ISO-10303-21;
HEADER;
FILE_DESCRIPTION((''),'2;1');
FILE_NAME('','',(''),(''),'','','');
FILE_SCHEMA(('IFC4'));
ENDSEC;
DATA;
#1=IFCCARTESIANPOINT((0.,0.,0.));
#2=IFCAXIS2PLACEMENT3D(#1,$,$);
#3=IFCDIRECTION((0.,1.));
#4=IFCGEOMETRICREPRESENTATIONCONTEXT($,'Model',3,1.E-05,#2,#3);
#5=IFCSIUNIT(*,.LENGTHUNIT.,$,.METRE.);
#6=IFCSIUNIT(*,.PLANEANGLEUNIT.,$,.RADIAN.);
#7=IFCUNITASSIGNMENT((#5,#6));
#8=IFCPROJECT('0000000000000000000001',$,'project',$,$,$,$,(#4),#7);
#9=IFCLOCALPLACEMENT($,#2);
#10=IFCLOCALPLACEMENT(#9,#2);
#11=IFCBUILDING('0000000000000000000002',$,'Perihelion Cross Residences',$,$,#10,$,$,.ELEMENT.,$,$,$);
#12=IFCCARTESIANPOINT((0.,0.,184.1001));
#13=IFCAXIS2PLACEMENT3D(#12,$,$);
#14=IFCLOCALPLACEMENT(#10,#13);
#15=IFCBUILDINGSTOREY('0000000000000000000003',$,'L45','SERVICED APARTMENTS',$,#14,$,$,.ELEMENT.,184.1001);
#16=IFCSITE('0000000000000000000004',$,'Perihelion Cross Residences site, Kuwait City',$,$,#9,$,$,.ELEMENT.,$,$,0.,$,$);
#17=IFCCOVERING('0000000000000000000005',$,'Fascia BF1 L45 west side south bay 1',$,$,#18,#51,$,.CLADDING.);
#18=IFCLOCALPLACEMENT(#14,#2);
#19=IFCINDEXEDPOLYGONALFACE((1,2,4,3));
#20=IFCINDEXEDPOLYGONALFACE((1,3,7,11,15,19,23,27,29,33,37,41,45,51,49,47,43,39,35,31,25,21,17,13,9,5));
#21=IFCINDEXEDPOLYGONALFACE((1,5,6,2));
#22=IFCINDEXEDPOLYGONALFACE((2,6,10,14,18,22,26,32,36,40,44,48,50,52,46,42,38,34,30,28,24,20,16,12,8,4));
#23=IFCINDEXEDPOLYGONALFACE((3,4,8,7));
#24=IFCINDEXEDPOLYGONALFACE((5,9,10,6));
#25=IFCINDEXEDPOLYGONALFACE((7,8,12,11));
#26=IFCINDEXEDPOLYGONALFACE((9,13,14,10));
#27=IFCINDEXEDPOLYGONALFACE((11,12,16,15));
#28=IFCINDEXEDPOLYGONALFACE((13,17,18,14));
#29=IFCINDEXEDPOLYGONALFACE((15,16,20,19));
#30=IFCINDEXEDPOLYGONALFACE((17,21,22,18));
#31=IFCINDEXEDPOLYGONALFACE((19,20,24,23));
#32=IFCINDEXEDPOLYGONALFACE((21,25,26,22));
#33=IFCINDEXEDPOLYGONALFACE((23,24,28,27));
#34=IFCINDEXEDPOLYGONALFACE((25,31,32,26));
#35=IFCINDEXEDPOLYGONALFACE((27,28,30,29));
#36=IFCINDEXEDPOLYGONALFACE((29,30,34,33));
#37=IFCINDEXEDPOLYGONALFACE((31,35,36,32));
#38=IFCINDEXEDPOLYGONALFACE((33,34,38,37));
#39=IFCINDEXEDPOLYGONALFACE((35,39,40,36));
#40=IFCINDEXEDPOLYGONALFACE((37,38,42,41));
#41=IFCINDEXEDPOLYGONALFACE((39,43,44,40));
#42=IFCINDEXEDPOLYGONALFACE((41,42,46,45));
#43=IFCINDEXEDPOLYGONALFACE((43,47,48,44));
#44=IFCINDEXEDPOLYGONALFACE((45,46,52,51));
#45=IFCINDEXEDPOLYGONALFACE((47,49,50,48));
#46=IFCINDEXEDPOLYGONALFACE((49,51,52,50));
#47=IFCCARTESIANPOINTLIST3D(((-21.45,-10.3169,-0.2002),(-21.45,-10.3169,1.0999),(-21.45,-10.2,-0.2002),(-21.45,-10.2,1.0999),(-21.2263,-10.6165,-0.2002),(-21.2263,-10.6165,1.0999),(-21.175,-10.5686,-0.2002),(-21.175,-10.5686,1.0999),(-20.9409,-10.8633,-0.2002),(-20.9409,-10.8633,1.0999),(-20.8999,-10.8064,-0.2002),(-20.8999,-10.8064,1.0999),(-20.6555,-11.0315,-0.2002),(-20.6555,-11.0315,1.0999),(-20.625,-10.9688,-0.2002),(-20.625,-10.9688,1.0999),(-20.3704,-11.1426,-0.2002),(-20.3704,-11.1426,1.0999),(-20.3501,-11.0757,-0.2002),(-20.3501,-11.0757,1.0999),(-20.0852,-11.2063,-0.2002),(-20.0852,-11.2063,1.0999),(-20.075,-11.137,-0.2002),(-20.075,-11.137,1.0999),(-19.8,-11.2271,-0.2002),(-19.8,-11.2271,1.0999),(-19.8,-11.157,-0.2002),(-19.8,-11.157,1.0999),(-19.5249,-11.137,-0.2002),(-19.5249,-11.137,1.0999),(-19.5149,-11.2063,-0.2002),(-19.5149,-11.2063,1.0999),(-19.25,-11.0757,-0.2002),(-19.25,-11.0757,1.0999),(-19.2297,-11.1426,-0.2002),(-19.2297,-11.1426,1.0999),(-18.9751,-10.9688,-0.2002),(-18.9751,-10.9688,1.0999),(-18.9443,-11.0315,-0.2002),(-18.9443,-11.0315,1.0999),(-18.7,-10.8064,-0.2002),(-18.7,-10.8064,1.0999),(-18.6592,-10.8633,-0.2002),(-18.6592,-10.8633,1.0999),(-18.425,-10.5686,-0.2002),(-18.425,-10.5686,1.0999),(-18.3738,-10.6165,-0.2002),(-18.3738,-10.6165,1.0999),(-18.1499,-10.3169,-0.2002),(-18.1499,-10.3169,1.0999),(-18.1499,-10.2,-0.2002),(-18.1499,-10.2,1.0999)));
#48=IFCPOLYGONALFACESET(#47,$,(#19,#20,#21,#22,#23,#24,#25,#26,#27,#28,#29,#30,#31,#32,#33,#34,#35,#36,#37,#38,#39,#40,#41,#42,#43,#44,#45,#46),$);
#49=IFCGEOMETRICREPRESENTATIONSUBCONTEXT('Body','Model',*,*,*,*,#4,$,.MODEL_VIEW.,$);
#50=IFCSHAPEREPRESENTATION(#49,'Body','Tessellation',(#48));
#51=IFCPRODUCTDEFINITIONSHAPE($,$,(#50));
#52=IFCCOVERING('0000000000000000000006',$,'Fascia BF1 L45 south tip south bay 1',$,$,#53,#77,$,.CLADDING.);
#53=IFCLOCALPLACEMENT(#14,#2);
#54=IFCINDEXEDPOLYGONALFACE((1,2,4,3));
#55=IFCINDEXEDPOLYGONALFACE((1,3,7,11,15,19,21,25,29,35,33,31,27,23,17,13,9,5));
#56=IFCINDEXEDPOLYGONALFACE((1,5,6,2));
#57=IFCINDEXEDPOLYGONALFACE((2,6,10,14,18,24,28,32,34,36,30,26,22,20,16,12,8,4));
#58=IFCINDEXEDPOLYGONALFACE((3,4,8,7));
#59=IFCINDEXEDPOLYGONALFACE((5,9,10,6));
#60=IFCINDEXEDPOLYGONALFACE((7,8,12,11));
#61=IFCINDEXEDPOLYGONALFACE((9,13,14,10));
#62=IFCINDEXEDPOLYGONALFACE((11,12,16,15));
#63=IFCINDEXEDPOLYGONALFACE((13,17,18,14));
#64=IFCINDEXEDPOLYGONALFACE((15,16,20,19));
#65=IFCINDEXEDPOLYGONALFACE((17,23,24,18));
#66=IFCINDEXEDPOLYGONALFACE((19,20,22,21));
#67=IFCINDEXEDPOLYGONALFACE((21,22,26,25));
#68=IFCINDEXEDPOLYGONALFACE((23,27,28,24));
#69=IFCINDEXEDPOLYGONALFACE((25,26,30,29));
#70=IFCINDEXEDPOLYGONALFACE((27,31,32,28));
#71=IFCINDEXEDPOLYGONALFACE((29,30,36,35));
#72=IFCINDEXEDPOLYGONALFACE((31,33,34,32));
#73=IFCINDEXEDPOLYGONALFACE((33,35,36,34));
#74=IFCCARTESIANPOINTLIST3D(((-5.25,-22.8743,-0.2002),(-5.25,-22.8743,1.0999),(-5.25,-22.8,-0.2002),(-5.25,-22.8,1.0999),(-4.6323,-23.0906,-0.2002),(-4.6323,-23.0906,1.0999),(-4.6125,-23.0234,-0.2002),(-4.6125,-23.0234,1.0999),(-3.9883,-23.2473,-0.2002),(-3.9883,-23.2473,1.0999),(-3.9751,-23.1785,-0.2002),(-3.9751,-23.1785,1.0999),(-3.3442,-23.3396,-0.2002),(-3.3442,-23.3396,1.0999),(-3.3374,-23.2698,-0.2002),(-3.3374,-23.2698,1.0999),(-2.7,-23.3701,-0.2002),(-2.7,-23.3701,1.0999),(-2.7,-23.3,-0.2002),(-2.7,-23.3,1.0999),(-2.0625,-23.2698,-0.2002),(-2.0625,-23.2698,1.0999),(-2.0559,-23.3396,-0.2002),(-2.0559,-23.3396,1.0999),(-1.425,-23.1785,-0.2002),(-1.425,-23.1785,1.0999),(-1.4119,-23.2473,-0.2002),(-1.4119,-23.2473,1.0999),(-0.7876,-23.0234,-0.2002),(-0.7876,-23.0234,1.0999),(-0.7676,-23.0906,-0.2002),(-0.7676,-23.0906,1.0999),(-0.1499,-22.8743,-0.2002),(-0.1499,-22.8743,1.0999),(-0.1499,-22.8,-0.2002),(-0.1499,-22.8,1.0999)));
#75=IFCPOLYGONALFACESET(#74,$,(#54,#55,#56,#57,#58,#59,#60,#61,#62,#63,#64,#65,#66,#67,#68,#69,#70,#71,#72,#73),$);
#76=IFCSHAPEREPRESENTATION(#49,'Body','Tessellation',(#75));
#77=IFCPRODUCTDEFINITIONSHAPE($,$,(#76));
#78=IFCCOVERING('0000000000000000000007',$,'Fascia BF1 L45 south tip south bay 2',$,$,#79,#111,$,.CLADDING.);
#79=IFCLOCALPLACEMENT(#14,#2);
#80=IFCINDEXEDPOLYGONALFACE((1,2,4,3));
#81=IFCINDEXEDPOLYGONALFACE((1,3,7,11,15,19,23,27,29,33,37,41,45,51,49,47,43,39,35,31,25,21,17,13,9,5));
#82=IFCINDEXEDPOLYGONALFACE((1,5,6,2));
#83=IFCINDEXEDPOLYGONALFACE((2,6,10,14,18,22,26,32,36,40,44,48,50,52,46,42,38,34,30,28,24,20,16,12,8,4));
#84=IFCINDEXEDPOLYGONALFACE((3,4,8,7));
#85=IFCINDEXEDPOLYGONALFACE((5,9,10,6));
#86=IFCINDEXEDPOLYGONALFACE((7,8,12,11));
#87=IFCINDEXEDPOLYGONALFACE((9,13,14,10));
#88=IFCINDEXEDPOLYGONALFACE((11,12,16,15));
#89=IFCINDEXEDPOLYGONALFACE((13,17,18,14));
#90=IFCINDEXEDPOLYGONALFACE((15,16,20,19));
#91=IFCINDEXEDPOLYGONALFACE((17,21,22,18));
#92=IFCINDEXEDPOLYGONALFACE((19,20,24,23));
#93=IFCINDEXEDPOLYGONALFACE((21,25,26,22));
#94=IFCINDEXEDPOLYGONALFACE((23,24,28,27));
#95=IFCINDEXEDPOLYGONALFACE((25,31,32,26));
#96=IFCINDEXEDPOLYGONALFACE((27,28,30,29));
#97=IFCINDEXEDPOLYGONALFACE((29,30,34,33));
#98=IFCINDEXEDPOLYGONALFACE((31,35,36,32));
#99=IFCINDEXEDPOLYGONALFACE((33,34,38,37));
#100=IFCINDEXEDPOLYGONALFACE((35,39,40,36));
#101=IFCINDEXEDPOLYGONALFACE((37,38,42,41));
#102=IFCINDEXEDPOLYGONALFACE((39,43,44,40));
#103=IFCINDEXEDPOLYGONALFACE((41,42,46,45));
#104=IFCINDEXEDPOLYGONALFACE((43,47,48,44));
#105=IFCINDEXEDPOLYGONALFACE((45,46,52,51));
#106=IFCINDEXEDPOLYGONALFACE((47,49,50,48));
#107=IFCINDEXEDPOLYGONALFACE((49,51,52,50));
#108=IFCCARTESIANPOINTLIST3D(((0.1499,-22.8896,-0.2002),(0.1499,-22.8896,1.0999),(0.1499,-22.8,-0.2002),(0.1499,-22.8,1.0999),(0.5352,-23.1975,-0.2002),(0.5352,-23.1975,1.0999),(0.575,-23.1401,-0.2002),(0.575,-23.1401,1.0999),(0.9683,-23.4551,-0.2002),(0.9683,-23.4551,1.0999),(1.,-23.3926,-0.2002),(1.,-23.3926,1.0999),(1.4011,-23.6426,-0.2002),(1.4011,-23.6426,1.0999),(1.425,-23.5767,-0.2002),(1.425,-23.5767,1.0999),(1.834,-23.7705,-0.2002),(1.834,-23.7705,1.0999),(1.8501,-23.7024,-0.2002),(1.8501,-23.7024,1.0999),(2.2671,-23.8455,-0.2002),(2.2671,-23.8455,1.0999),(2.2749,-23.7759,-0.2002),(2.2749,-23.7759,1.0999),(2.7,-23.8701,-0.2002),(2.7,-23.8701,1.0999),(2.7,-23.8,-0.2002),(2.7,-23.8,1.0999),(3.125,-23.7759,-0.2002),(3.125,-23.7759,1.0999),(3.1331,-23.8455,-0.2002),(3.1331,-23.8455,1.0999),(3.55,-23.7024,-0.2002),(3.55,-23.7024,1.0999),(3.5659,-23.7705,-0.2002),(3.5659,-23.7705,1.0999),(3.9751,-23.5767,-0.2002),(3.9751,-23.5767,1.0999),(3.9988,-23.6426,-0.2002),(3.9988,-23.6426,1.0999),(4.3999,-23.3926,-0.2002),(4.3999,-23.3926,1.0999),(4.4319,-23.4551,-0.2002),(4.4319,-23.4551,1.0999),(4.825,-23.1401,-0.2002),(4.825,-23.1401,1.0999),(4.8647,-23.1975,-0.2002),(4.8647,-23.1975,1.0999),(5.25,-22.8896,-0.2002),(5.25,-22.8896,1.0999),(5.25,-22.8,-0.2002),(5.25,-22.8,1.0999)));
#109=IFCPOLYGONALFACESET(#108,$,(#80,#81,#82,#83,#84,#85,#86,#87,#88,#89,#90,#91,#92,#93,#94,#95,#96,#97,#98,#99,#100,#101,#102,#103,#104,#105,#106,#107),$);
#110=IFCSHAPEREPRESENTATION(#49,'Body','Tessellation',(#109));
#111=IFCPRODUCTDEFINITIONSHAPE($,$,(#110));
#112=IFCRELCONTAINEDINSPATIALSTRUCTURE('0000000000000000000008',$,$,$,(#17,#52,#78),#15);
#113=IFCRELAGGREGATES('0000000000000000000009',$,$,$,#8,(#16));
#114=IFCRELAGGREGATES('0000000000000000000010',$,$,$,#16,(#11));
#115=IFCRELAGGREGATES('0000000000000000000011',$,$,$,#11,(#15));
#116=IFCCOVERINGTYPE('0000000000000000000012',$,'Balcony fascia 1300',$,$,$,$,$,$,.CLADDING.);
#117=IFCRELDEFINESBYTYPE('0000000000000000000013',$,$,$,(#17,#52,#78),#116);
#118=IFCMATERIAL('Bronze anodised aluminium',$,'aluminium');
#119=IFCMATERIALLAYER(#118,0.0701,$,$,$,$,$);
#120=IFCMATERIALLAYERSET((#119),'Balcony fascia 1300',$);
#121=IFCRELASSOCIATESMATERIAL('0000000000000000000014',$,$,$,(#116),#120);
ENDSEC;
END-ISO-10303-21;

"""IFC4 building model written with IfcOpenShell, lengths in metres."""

from ifc_helpers import new_model, si_unit, direction, frame, origin, place, context, subcontext, project, spatial, polyline, outline, extrude, material, layer, layer_set, type_object, element, save


model = new_model("IFC4")

# Units and contexts
model_context = context("Model", 3, precision=1e-05, world=origin(), true_north=direction((0.0, 1.0)))
body_context = subcontext(model_context, "Body", "Model", "MODEL_VIEW")
ifc_project = project(units=[si_unit("LENGTHUNIT", "METRE"), si_unit("PLANEANGLEUNIT", "RADIAN")], contexts=[model_context])

# Site, building, storey
site_placement = place(None, origin())
site = spatial("IfcSite", under=ifc_project, at=site_placement, Name="Perihelion Cross Residences site, Kuwait City", CompositionType="ELEMENT", RefElevation=0.0)
building_placement = place(site_placement, origin())
building = spatial("IfcBuilding", under=site, at=building_placement, Name="Perihelion Cross Residences", CompositionType="ELEMENT")
storey_placement = place(building_placement, frame((0.0, 0.0, 184.1001)))
storey = spatial("IfcBuildingStorey", under=building, at=storey_placement, Name="L45", Description="SERVICED APARTMENTS", CompositionType="ELEMENT", Elevation=184.1001)

# Coverings
ifc_material_1 = material(Name="Bronze anodised aluminium", Category="aluminium")
ifc_layer_1 = layer(ifc_material_1, 0.0701)
ifc_layer_set_1 = layer_set([ifc_layer_1], Name="Balcony fascia 1300")
covering_type = type_object("IfcCoveringType", Name="Balcony fascia 1300", PredefinedType="CLADDING", material=ifc_layer_set_1)
covering_1_placement = place(storey_placement, frame((0.0, 0.0, -0.2002)))
element("IfcCovering", 1, at=covering_1_placement, inside=storey, type_object=covering_type, Name="Fascia BF1 L45 west side south bay 1", PredefinedType="CLADDING", context=body_context, shape_type="SweptSolid", body=[
    extrude(outline(polyline([(-21.2263, -10.6165), (-20.9409, -10.8633), (-20.6555, -11.0315), (-20.3704, -11.1426), (-20.0852, -11.2063), (-19.8, -11.2271), (-19.5149, -11.2063), (-19.2297, -11.1426), (-18.9443, -11.0315), (-18.6592, -10.8633), (-18.3738, -10.6165), (-18.1499, -10.3169), (-18.1499, -10.2), (-18.425, -10.5686), (-18.7, -10.8064), (-18.9751, -10.9688), (-19.25, -11.0757), (-19.5249, -11.137), (-19.8, -11.157), (-20.075, -11.137), (-20.3501, -11.0757), (-20.625, -10.9688), (-20.8999, -10.8064), (-21.175, -10.5686), (-21.45, -10.2), (-21.45, -10.3169), (-21.2263, -10.6165)])), origin(), (0.0, 0.0, 1.0), 1.3),
])
covering_2_placement = place(storey_placement, frame((0.0, 0.0, -0.2002)))
element("IfcCovering", 2, at=covering_2_placement, inside=storey, type_object=covering_type, Name="Fascia BF1 L45 south tip south bay 1", PredefinedType="CLADDING", context=body_context, shape_type="SweptSolid", body=[
    extrude(outline(polyline([(-4.6323, -23.0906), (-3.9883, -23.2473), (-3.3442, -23.3396), (-2.7, -23.3701), (-2.0559, -23.3396), (-1.4119, -23.2473), (-0.7676, -23.0906), (-0.1499, -22.8743), (-0.1499, -22.8), (-0.7876, -23.0234), (-1.425, -23.1785), (-2.0625, -23.2698), (-2.7, -23.3), (-3.3374, -23.2698), (-3.9751, -23.1785), (-4.6125, -23.0234), (-5.25, -22.8), (-5.25, -22.8743), (-4.6323, -23.0906)])), origin(), (0.0, 0.0, 1.0), 1.3),
])
covering_3_placement = place(storey_placement, frame((0.0, 0.0, -0.2002)))
element("IfcCovering", 3, at=covering_3_placement, inside=storey, type_object=covering_type, Name="Fascia BF1 L45 south tip south bay 2", PredefinedType="CLADDING", context=body_context, shape_type="SweptSolid", body=[
    extrude(outline(polyline([(0.5352, -23.1975), (0.9683, -23.4551), (1.4011, -23.6426), (1.834, -23.7705), (2.2671, -23.8455), (2.7, -23.8701), (3.1331, -23.8455), (3.5659, -23.7705), (3.9988, -23.6426), (4.4319, -23.4551), (4.8647, -23.1975), (5.25, -22.8896), (5.25, -22.8), (4.825, -23.1401), (4.3999, -23.3926), (3.9751, -23.5767), (3.55, -23.7024), (3.125, -23.7759), (2.7, -23.8), (2.2749, -23.7759), (1.8501, -23.7024), (1.425, -23.5767), (1.0, -23.3926), (0.575, -23.1401), (0.1499, -22.8), (0.1499, -22.8896), (0.5352, -23.1975)])), origin(), (0.0, 0.0, 1.0), 1.3),
])

save(model, "model.ifc")
